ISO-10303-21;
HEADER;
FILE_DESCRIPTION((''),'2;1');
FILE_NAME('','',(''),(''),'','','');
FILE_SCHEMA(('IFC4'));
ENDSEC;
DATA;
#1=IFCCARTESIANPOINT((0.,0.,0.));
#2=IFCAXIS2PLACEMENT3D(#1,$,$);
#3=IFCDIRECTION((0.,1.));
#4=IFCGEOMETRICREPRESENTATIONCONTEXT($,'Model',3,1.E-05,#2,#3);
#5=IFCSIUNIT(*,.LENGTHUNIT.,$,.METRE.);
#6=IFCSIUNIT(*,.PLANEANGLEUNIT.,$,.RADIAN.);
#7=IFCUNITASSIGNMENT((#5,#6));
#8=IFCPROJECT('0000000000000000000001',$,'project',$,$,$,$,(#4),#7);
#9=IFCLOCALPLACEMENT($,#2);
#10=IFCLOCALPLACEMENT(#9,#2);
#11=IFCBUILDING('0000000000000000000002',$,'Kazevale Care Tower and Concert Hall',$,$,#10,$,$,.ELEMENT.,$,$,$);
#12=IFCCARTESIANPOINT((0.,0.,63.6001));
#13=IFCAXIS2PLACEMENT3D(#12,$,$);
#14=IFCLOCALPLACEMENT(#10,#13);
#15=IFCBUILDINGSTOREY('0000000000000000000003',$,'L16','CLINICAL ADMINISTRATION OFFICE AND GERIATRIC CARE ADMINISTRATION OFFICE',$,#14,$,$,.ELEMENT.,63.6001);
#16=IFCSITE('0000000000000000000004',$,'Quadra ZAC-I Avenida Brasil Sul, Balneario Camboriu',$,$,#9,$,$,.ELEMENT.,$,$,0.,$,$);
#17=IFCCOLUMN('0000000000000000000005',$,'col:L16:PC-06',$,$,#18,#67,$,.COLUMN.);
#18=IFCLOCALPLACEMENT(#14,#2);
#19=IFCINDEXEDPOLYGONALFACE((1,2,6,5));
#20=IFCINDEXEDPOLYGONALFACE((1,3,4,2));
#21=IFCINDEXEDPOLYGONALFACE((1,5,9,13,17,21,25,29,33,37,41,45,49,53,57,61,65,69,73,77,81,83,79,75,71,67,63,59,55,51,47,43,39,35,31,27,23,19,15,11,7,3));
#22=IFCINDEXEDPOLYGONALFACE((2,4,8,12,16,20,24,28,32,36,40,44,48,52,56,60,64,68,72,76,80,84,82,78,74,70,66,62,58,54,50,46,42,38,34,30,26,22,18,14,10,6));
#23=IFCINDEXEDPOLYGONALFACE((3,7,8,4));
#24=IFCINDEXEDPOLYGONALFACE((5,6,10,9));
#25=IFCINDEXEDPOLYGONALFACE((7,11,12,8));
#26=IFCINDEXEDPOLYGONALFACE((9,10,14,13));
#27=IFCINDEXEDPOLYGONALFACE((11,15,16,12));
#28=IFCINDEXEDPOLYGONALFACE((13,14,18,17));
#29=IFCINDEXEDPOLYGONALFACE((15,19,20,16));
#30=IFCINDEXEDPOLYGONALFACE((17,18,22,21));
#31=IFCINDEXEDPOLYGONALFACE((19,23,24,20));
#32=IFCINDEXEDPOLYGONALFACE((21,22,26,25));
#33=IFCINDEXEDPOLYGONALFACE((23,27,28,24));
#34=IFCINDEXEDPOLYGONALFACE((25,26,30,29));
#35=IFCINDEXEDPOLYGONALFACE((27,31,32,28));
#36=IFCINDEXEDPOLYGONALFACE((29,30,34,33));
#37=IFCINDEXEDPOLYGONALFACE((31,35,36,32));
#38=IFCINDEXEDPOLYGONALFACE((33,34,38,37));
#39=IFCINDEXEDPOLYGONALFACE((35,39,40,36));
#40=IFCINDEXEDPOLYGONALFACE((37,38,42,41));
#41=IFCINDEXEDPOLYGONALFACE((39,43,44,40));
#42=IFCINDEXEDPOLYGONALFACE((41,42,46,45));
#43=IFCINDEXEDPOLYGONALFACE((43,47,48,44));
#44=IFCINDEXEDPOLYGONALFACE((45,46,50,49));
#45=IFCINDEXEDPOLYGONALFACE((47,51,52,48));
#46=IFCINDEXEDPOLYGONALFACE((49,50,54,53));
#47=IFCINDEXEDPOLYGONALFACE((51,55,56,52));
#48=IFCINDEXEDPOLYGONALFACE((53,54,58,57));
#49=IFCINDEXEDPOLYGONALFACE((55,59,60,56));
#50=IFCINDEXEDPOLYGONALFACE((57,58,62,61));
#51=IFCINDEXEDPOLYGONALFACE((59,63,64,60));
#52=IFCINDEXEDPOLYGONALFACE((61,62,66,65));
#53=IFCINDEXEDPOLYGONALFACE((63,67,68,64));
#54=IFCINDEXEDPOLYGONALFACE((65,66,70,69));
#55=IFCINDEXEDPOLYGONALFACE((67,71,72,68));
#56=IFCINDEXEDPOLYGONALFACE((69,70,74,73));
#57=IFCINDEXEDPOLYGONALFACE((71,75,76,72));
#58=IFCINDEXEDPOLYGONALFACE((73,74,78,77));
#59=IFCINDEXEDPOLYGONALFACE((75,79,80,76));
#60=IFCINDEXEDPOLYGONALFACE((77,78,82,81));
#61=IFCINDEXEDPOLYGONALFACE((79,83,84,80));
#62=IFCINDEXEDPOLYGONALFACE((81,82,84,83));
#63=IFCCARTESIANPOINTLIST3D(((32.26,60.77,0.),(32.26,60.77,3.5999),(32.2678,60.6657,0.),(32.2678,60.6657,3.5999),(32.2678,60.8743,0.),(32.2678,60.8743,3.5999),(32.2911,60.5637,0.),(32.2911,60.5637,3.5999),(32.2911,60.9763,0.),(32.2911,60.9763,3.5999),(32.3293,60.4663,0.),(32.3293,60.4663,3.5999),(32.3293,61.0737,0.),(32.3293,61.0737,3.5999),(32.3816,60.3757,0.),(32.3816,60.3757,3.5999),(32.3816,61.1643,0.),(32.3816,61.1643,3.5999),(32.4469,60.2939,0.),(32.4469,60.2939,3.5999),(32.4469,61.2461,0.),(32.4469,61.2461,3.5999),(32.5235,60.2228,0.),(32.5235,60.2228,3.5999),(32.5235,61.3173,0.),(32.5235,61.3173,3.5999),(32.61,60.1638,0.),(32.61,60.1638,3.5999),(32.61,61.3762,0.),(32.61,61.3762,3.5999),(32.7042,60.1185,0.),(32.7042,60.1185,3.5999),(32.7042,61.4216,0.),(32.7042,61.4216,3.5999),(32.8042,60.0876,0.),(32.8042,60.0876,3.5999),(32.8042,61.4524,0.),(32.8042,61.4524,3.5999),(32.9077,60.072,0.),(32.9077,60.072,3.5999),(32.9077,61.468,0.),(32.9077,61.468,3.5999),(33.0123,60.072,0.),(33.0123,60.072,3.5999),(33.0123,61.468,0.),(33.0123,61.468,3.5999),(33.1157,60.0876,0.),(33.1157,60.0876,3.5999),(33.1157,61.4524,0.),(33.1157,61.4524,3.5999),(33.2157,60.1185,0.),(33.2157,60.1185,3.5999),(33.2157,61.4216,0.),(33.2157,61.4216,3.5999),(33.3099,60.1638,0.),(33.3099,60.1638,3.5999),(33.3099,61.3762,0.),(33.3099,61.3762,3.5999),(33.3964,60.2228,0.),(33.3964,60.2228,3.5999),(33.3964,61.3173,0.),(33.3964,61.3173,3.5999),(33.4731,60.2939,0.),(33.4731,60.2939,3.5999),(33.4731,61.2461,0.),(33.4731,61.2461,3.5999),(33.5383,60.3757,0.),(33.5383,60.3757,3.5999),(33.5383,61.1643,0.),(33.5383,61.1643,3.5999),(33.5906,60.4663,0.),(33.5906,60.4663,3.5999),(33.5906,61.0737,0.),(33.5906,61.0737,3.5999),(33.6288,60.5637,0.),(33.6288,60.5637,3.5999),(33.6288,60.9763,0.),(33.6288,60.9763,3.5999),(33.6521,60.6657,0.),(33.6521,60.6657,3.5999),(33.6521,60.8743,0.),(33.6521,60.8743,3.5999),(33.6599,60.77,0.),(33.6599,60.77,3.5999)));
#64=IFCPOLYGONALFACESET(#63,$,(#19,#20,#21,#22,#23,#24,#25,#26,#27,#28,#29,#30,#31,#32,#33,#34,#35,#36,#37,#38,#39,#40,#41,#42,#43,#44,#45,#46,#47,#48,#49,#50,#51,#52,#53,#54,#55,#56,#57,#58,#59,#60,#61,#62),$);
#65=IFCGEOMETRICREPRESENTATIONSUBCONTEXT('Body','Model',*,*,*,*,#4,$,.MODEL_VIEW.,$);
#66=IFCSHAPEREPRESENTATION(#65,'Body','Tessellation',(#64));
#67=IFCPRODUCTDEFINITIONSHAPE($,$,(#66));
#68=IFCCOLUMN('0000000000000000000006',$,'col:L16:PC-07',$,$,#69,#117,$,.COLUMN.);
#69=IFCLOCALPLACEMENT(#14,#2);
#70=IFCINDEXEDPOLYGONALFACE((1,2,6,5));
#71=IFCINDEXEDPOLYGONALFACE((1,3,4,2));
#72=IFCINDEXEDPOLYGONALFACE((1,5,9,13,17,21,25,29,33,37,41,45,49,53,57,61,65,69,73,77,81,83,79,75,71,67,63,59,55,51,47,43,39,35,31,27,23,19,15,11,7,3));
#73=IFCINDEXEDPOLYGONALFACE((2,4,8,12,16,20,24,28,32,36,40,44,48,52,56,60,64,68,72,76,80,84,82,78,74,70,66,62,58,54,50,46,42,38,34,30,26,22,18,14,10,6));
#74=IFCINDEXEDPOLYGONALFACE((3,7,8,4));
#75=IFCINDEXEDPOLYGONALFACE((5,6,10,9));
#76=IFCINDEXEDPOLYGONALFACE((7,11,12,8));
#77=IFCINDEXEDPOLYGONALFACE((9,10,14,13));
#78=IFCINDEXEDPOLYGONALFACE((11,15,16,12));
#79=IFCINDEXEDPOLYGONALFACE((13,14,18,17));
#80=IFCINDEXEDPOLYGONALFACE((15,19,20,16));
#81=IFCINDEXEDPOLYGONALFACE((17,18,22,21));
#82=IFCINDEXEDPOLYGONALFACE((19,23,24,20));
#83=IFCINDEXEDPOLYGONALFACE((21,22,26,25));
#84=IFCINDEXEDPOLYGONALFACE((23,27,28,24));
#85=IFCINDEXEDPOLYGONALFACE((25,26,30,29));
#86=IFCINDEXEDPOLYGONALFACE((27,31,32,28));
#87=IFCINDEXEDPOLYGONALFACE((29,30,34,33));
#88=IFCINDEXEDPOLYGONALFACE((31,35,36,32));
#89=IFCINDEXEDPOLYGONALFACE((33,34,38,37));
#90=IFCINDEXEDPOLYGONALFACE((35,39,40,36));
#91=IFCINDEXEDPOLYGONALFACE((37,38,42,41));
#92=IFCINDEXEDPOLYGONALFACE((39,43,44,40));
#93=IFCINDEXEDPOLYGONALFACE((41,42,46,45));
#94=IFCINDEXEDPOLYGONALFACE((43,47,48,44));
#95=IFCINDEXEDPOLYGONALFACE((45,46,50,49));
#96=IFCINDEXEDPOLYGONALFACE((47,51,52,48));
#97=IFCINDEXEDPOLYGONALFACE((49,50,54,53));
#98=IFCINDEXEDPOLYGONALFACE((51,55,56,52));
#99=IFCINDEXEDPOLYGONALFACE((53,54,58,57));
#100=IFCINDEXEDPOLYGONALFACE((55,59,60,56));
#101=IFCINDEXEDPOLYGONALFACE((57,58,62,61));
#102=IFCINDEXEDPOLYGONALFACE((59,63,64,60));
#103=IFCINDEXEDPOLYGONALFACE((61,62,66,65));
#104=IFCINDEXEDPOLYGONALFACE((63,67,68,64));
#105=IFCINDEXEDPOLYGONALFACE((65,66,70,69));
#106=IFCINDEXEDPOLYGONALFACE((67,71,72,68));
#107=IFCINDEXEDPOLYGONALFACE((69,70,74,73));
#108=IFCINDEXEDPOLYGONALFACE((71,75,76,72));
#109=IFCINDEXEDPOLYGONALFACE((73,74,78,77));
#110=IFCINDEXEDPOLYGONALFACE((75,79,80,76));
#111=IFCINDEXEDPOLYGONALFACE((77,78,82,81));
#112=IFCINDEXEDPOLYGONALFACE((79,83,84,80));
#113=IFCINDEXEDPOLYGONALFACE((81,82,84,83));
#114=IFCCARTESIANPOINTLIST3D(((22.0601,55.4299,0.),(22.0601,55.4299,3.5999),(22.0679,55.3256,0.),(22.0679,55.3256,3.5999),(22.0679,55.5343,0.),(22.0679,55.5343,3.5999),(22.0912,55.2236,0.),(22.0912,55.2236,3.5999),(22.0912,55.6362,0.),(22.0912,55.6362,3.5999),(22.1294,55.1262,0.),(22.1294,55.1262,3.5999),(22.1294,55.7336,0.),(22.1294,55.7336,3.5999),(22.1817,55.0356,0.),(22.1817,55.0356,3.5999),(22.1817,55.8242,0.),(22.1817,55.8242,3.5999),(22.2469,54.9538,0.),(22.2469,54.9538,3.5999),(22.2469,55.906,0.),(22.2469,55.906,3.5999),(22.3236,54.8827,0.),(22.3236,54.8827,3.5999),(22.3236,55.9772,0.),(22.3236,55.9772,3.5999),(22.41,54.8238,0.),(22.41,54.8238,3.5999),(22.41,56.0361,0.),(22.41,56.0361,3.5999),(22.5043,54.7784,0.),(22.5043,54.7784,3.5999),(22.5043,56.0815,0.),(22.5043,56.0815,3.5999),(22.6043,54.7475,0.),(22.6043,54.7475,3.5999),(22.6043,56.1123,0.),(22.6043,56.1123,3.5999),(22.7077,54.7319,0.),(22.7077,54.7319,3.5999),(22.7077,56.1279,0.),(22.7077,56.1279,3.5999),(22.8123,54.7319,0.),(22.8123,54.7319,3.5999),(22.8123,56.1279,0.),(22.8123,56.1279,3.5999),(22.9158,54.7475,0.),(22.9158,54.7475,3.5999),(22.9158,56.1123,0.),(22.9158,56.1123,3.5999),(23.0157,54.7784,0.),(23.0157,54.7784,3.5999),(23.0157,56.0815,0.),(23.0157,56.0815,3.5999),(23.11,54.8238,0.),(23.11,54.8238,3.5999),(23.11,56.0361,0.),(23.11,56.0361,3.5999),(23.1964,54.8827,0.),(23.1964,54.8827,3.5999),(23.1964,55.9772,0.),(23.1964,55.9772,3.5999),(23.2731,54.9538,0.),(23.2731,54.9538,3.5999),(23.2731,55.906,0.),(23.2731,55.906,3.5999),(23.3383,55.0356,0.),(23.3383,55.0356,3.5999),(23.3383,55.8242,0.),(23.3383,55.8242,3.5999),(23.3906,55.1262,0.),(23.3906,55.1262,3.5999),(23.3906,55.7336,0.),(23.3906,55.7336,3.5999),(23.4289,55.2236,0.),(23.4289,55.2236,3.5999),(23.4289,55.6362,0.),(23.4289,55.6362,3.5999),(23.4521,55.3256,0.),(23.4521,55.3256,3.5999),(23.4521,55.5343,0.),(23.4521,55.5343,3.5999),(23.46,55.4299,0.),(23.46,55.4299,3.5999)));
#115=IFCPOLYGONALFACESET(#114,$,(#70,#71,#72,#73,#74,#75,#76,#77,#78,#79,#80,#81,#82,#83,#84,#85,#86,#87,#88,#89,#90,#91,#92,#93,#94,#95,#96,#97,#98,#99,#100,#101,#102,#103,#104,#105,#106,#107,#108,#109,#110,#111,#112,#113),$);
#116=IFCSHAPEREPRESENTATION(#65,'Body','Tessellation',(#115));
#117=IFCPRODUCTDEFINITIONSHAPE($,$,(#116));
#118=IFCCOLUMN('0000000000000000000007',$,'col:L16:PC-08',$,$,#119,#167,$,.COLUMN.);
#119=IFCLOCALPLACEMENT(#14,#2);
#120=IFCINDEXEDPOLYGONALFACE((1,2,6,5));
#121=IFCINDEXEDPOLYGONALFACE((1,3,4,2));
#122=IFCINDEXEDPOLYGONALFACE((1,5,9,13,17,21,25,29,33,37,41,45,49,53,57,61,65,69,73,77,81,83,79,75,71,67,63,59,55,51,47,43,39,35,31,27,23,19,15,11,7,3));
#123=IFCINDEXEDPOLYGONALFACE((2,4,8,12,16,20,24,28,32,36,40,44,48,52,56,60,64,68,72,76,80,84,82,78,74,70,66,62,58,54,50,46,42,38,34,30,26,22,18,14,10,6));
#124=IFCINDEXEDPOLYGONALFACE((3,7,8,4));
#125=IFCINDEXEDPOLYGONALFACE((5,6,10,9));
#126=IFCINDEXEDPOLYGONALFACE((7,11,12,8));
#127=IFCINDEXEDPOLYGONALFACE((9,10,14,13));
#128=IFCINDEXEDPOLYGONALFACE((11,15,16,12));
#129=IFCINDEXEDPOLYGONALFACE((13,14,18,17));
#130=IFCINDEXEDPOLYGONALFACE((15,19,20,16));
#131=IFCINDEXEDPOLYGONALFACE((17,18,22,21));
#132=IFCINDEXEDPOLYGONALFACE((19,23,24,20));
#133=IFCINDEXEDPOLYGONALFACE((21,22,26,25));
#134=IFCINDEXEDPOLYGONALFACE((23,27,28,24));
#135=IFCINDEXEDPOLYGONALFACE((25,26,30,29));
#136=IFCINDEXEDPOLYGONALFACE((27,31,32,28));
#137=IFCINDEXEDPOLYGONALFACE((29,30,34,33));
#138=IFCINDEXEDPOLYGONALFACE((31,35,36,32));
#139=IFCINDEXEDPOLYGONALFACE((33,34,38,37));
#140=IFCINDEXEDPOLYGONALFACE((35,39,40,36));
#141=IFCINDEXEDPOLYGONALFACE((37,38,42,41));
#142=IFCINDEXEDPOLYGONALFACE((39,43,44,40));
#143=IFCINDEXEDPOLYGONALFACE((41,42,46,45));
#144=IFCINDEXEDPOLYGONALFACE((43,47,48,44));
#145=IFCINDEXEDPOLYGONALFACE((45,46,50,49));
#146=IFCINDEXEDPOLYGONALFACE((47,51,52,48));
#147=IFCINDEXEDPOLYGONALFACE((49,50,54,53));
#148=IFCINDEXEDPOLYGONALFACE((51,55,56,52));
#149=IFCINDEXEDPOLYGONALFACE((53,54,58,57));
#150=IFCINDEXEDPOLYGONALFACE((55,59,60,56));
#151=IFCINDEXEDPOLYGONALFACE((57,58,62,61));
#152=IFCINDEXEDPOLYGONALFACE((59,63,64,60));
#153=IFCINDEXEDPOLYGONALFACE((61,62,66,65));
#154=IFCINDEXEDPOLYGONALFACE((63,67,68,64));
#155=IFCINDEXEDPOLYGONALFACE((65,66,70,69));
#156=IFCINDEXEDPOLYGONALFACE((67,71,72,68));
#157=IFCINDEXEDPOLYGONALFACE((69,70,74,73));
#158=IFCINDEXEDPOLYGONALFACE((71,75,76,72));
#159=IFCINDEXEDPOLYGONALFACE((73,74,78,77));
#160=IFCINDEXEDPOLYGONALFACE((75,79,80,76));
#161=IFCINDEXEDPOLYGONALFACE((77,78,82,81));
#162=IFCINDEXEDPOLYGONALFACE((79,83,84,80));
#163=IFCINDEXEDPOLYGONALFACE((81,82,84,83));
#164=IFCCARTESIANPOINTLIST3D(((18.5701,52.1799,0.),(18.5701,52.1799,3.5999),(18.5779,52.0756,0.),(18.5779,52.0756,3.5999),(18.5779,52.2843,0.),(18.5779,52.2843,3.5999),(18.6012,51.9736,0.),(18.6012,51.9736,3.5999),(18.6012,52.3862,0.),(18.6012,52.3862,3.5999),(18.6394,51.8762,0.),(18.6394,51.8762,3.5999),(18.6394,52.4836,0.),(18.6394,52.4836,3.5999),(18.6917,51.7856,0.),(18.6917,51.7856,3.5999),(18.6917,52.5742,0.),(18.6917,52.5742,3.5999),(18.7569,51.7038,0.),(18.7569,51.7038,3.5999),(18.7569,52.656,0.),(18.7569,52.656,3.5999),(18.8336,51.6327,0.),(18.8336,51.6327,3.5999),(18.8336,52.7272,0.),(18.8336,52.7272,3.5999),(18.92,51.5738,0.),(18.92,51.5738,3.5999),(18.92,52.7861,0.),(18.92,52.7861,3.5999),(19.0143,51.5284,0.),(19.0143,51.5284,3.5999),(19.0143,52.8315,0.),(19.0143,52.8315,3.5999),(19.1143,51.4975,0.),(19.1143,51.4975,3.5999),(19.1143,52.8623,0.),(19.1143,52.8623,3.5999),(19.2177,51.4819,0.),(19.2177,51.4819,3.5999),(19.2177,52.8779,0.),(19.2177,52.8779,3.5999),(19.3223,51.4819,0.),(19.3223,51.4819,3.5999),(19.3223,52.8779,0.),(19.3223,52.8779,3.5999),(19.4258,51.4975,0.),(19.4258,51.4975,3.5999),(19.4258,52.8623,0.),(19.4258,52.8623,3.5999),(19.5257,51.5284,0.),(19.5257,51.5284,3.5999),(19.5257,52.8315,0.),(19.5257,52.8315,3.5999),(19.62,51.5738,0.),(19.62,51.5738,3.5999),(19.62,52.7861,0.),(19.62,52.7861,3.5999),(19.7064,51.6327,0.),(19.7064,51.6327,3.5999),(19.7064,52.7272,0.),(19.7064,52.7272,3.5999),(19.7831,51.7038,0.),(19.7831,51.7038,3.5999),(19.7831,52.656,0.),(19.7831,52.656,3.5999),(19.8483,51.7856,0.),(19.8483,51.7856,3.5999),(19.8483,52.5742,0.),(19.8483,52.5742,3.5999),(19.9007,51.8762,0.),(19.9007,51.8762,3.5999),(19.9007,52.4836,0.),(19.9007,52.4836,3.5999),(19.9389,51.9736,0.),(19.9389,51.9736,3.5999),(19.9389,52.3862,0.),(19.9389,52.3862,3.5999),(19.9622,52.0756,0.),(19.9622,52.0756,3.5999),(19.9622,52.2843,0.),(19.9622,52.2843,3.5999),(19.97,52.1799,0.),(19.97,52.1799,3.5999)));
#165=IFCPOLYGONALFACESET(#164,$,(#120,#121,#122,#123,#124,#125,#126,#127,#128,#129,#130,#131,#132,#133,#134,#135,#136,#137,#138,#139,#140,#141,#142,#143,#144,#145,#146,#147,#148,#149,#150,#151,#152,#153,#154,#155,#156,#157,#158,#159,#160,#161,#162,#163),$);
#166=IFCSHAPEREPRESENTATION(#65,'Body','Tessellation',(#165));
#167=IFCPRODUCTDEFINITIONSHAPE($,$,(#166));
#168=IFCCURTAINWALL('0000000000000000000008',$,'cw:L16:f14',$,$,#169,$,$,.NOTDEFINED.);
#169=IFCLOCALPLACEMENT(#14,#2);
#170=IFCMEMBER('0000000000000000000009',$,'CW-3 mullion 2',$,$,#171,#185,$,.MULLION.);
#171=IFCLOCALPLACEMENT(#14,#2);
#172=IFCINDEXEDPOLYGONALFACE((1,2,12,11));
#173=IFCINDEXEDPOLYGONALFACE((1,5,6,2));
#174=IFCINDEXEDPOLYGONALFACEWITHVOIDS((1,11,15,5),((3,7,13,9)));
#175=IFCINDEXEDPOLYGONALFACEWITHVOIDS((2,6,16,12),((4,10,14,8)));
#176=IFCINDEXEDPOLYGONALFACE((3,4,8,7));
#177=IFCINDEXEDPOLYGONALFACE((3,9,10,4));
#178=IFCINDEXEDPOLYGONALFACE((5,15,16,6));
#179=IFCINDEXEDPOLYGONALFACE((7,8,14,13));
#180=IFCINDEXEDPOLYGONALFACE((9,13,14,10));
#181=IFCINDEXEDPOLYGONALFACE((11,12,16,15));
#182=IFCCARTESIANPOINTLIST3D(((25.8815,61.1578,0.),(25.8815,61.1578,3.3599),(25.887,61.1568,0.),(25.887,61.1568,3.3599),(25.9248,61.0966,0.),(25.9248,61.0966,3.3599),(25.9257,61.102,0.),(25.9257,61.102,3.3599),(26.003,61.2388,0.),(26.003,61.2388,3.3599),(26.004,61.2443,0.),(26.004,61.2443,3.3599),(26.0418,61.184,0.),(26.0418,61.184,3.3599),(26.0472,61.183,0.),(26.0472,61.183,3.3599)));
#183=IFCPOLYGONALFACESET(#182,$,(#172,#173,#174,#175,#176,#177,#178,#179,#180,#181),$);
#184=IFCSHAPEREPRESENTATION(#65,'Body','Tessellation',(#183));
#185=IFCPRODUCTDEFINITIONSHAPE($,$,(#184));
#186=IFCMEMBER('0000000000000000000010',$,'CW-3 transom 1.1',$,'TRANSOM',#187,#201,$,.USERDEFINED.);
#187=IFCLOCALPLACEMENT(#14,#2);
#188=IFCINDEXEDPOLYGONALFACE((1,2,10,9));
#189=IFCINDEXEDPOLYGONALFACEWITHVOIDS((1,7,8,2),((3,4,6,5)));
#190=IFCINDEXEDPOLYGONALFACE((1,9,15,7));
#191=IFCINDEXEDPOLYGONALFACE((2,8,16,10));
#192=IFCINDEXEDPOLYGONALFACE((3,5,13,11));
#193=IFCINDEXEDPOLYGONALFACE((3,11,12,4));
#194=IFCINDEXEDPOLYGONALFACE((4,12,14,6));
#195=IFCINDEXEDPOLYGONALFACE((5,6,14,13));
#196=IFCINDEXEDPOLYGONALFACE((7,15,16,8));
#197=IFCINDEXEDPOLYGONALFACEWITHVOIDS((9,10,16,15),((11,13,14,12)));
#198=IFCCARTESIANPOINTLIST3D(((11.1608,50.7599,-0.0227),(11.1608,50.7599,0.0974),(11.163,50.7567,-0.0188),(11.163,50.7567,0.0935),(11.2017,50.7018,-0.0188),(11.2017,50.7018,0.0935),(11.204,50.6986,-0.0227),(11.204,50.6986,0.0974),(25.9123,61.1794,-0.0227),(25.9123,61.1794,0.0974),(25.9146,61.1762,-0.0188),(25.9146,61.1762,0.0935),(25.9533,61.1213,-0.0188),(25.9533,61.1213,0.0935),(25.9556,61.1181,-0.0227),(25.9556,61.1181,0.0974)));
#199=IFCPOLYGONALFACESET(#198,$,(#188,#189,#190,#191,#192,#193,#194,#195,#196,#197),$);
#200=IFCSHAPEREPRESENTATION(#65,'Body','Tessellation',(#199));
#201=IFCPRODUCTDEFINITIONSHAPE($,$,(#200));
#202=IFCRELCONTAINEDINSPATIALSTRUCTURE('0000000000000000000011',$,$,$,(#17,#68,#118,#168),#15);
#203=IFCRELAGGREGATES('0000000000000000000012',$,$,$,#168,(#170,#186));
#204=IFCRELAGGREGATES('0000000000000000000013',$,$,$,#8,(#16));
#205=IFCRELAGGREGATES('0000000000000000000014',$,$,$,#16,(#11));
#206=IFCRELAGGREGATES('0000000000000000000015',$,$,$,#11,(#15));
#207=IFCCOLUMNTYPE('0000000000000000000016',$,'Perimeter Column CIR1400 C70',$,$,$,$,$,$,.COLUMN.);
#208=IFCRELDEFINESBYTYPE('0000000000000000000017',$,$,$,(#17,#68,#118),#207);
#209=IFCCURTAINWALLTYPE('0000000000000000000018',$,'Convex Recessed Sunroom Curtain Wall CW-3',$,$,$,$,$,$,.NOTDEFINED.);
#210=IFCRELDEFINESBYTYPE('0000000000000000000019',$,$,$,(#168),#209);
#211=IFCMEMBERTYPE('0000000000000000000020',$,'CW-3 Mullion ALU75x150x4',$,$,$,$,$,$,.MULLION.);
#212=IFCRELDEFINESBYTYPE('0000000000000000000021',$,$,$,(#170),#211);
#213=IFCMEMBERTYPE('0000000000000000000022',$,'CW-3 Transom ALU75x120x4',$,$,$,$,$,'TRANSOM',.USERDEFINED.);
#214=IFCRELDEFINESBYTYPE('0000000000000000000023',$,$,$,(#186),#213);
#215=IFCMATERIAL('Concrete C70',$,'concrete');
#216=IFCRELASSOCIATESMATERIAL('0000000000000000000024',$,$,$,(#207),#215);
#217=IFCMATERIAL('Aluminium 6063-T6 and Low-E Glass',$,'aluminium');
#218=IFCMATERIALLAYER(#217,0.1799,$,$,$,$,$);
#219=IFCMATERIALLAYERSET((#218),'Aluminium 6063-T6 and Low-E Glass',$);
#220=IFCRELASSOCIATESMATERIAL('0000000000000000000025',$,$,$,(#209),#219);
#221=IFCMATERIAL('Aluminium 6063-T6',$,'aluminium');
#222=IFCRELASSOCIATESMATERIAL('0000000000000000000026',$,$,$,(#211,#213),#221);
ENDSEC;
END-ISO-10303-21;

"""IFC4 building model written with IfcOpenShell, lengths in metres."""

from ifc_helpers import new_model, si_unit, direction, frame, origin, origin_2d, place, context, subcontext, project, spatial, hollow_rectangle, circle, extrude, material, layer, layer_set, material_profile, profile_set, type_object, element, aggregate, save


model = new_model("IFC4")

# Units and contexts
model_context = context("Model", 3, precision=1e-05, world=origin(), true_north=direction((0.0, 1.0)))
body_context = subcontext(model_context, "Body", "Model", "MODEL_VIEW")
ifc_project = project(units=[si_unit("LENGTHUNIT", "METRE"), si_unit("PLANEANGLEUNIT", "RADIAN")], contexts=[model_context])

# Site, building, storey
site_placement = place(None, origin())
site = spatial("IfcSite", under=ifc_project, at=site_placement, Name="Quadra ZAC-I Avenida Brasil Sul, Balneario Camboriu", CompositionType="ELEMENT", RefElevation=0.0)
building_placement = place(site_placement, origin())
building = spatial("IfcBuilding", under=site, at=building_placement, Name="Kazevale Care Tower and Concert Hall", CompositionType="ELEMENT")
storey_placement = place(building_placement, frame((0.0, 0.0, 63.6001)))
storey = spatial("IfcBuildingStorey", under=building, at=storey_placement, Name="L16", Description="CLINICAL ADMINISTRATION OFFICE AND GERIATRIC CARE ADMINISTRATION OFFICE", CompositionType="ELEMENT", Elevation=63.6001)

# Columns
ifc_material_1 = material(Name="Concrete C70", Category="concrete")
ifc_material_profile_1 = material_profile(ifc_material_1, circle(Radius=0.7, at=origin_2d()), Name="RC-CIR1400")
ifc_profile_set_1 = profile_set([ifc_material_profile_1], Name="Concrete C70")
column_type = type_object("IfcColumnType", Name="Perimeter Column CIR1400 C70", PredefinedType="COLUMN", material=ifc_profile_set_1)
for number, where, z_axis, x_axis, name in (
    (1, (32.96, 60.77, 0.0), (0.0, 0.0, 1.0), (1.0, 0.0, 0.0), "col:L16:PC-06"),
    (2, (22.76, 55.4299, 0.0), (0.0, 0.0, 1.0), (1.0, 0.0, 0.0), "col:L16:PC-07"),
    (3, (19.27, 52.1799, 0.0), (0.0, 0.0, 1.0), (1.0, 0.0, 0.0), "col:L16:PC-08"),
):
    element("IfcColumn", number, at=place(storey_placement, frame(where, z_axis=z_axis, x_axis=x_axis)), inside=storey, type_object=column_type, Name=name, PredefinedType="COLUMN", context=body_context, shape_type="SweptSolid", body=[
        extrude(circle(Radius=0.7, at=origin_2d()), origin(), (0.0, 0.0, 1.0), 3.5999),
    ])

# Curtain wall, members
ifc_material_2 = material(Name="Aluminium 6063-T6 and Low-E Glass", Category="aluminium")
ifc_layer_1 = layer(ifc_material_2, 0.1799)
ifc_layer_set_1 = layer_set([ifc_layer_1], Name="Aluminium 6063-T6 and Low-E Glass")
curtain_wall_type = type_object("IfcCurtainWallType", Name="Convex Recessed Sunroom Curtain Wall CW-3", PredefinedType="NOTDEFINED", material=ifc_layer_set_1)
curtain_wall_placement = place(storey_placement, origin())
curtain_wall = element("IfcCurtainWall", 4, at=curtain_wall_placement, inside=storey, type_object=curtain_wall_type, Name="cw:L16:f14", PredefinedType="NOTDEFINED")
ifc_material_3 = material(Name="Aluminium 6063-T6", Category="aluminium")
ifc_material_profile_2 = material_profile(ifc_material_3, hollow_rectangle(XDim=0.075, YDim=0.1499, WallThickness=0.0039, at=origin_2d()), Name="ALU75x150x4")
ifc_profile_set_2 = profile_set([ifc_material_profile_2], Name="Aluminium 6063-T6")
member_type_1 = type_object("IfcMemberType", Name="CW-3 Mullion ALU75x150x4", PredefinedType="MULLION", material=ifc_profile_set_2)
member_1_placement = place(storey_placement, frame((25.9644, 61.1704, 0.0), z_axis=(0.0, 0.0, 1.0), x_axis=(-0.576929, 0.816794, 0.0)))
member_1 = element("IfcMember", 5, at=member_1_placement, type_object=member_type_1, Name="CW-3 mullion 2", PredefinedType="MULLION", context=body_context, shape_type="SweptSolid", body=[
    extrude(hollow_rectangle(XDim=0.075, YDim=0.1499, WallThickness=0.0039, at=origin_2d()), origin(), (0.0, 0.0, 1.0), 3.3599),
])
ifc_material_profile_3 = material_profile(ifc_material_3, hollow_rectangle(XDim=0.075, YDim=0.1201, WallThickness=0.0039, at=origin_2d()), Name="ALU75x120x4")
ifc_profile_set_3 = profile_set([ifc_material_profile_3], Name="Aluminium 6063-T6")
member_type_2 = type_object("IfcMemberType", Name="CW-3 Transom ALU75x120x4", ElementType="TRANSOM", PredefinedType="USERDEFINED", material=ifc_profile_set_3)
member_2_placement = place(storey_placement, frame((11.1824, 50.7292, 0.0374), z_axis=(0.816795, 0.576928, 0.0), x_axis=(-0.576928, 0.816795, 0.0)))
member_2 = element("IfcMember", 6, at=member_2_placement, type_object=member_type_2, Name="CW-3 transom 1.1", ObjectType="TRANSOM", PredefinedType="USERDEFINED", context=body_context, shape_type="SweptSolid", body=[
    extrude(hollow_rectangle(XDim=0.075, YDim=0.1201, WallThickness=0.0039, at=origin_2d()), origin(), (0.0, 0.0, 1.0), 18.0603),
])

aggregate(curtain_wall, [member_1, member_2])

save(model, "model.ifc")
